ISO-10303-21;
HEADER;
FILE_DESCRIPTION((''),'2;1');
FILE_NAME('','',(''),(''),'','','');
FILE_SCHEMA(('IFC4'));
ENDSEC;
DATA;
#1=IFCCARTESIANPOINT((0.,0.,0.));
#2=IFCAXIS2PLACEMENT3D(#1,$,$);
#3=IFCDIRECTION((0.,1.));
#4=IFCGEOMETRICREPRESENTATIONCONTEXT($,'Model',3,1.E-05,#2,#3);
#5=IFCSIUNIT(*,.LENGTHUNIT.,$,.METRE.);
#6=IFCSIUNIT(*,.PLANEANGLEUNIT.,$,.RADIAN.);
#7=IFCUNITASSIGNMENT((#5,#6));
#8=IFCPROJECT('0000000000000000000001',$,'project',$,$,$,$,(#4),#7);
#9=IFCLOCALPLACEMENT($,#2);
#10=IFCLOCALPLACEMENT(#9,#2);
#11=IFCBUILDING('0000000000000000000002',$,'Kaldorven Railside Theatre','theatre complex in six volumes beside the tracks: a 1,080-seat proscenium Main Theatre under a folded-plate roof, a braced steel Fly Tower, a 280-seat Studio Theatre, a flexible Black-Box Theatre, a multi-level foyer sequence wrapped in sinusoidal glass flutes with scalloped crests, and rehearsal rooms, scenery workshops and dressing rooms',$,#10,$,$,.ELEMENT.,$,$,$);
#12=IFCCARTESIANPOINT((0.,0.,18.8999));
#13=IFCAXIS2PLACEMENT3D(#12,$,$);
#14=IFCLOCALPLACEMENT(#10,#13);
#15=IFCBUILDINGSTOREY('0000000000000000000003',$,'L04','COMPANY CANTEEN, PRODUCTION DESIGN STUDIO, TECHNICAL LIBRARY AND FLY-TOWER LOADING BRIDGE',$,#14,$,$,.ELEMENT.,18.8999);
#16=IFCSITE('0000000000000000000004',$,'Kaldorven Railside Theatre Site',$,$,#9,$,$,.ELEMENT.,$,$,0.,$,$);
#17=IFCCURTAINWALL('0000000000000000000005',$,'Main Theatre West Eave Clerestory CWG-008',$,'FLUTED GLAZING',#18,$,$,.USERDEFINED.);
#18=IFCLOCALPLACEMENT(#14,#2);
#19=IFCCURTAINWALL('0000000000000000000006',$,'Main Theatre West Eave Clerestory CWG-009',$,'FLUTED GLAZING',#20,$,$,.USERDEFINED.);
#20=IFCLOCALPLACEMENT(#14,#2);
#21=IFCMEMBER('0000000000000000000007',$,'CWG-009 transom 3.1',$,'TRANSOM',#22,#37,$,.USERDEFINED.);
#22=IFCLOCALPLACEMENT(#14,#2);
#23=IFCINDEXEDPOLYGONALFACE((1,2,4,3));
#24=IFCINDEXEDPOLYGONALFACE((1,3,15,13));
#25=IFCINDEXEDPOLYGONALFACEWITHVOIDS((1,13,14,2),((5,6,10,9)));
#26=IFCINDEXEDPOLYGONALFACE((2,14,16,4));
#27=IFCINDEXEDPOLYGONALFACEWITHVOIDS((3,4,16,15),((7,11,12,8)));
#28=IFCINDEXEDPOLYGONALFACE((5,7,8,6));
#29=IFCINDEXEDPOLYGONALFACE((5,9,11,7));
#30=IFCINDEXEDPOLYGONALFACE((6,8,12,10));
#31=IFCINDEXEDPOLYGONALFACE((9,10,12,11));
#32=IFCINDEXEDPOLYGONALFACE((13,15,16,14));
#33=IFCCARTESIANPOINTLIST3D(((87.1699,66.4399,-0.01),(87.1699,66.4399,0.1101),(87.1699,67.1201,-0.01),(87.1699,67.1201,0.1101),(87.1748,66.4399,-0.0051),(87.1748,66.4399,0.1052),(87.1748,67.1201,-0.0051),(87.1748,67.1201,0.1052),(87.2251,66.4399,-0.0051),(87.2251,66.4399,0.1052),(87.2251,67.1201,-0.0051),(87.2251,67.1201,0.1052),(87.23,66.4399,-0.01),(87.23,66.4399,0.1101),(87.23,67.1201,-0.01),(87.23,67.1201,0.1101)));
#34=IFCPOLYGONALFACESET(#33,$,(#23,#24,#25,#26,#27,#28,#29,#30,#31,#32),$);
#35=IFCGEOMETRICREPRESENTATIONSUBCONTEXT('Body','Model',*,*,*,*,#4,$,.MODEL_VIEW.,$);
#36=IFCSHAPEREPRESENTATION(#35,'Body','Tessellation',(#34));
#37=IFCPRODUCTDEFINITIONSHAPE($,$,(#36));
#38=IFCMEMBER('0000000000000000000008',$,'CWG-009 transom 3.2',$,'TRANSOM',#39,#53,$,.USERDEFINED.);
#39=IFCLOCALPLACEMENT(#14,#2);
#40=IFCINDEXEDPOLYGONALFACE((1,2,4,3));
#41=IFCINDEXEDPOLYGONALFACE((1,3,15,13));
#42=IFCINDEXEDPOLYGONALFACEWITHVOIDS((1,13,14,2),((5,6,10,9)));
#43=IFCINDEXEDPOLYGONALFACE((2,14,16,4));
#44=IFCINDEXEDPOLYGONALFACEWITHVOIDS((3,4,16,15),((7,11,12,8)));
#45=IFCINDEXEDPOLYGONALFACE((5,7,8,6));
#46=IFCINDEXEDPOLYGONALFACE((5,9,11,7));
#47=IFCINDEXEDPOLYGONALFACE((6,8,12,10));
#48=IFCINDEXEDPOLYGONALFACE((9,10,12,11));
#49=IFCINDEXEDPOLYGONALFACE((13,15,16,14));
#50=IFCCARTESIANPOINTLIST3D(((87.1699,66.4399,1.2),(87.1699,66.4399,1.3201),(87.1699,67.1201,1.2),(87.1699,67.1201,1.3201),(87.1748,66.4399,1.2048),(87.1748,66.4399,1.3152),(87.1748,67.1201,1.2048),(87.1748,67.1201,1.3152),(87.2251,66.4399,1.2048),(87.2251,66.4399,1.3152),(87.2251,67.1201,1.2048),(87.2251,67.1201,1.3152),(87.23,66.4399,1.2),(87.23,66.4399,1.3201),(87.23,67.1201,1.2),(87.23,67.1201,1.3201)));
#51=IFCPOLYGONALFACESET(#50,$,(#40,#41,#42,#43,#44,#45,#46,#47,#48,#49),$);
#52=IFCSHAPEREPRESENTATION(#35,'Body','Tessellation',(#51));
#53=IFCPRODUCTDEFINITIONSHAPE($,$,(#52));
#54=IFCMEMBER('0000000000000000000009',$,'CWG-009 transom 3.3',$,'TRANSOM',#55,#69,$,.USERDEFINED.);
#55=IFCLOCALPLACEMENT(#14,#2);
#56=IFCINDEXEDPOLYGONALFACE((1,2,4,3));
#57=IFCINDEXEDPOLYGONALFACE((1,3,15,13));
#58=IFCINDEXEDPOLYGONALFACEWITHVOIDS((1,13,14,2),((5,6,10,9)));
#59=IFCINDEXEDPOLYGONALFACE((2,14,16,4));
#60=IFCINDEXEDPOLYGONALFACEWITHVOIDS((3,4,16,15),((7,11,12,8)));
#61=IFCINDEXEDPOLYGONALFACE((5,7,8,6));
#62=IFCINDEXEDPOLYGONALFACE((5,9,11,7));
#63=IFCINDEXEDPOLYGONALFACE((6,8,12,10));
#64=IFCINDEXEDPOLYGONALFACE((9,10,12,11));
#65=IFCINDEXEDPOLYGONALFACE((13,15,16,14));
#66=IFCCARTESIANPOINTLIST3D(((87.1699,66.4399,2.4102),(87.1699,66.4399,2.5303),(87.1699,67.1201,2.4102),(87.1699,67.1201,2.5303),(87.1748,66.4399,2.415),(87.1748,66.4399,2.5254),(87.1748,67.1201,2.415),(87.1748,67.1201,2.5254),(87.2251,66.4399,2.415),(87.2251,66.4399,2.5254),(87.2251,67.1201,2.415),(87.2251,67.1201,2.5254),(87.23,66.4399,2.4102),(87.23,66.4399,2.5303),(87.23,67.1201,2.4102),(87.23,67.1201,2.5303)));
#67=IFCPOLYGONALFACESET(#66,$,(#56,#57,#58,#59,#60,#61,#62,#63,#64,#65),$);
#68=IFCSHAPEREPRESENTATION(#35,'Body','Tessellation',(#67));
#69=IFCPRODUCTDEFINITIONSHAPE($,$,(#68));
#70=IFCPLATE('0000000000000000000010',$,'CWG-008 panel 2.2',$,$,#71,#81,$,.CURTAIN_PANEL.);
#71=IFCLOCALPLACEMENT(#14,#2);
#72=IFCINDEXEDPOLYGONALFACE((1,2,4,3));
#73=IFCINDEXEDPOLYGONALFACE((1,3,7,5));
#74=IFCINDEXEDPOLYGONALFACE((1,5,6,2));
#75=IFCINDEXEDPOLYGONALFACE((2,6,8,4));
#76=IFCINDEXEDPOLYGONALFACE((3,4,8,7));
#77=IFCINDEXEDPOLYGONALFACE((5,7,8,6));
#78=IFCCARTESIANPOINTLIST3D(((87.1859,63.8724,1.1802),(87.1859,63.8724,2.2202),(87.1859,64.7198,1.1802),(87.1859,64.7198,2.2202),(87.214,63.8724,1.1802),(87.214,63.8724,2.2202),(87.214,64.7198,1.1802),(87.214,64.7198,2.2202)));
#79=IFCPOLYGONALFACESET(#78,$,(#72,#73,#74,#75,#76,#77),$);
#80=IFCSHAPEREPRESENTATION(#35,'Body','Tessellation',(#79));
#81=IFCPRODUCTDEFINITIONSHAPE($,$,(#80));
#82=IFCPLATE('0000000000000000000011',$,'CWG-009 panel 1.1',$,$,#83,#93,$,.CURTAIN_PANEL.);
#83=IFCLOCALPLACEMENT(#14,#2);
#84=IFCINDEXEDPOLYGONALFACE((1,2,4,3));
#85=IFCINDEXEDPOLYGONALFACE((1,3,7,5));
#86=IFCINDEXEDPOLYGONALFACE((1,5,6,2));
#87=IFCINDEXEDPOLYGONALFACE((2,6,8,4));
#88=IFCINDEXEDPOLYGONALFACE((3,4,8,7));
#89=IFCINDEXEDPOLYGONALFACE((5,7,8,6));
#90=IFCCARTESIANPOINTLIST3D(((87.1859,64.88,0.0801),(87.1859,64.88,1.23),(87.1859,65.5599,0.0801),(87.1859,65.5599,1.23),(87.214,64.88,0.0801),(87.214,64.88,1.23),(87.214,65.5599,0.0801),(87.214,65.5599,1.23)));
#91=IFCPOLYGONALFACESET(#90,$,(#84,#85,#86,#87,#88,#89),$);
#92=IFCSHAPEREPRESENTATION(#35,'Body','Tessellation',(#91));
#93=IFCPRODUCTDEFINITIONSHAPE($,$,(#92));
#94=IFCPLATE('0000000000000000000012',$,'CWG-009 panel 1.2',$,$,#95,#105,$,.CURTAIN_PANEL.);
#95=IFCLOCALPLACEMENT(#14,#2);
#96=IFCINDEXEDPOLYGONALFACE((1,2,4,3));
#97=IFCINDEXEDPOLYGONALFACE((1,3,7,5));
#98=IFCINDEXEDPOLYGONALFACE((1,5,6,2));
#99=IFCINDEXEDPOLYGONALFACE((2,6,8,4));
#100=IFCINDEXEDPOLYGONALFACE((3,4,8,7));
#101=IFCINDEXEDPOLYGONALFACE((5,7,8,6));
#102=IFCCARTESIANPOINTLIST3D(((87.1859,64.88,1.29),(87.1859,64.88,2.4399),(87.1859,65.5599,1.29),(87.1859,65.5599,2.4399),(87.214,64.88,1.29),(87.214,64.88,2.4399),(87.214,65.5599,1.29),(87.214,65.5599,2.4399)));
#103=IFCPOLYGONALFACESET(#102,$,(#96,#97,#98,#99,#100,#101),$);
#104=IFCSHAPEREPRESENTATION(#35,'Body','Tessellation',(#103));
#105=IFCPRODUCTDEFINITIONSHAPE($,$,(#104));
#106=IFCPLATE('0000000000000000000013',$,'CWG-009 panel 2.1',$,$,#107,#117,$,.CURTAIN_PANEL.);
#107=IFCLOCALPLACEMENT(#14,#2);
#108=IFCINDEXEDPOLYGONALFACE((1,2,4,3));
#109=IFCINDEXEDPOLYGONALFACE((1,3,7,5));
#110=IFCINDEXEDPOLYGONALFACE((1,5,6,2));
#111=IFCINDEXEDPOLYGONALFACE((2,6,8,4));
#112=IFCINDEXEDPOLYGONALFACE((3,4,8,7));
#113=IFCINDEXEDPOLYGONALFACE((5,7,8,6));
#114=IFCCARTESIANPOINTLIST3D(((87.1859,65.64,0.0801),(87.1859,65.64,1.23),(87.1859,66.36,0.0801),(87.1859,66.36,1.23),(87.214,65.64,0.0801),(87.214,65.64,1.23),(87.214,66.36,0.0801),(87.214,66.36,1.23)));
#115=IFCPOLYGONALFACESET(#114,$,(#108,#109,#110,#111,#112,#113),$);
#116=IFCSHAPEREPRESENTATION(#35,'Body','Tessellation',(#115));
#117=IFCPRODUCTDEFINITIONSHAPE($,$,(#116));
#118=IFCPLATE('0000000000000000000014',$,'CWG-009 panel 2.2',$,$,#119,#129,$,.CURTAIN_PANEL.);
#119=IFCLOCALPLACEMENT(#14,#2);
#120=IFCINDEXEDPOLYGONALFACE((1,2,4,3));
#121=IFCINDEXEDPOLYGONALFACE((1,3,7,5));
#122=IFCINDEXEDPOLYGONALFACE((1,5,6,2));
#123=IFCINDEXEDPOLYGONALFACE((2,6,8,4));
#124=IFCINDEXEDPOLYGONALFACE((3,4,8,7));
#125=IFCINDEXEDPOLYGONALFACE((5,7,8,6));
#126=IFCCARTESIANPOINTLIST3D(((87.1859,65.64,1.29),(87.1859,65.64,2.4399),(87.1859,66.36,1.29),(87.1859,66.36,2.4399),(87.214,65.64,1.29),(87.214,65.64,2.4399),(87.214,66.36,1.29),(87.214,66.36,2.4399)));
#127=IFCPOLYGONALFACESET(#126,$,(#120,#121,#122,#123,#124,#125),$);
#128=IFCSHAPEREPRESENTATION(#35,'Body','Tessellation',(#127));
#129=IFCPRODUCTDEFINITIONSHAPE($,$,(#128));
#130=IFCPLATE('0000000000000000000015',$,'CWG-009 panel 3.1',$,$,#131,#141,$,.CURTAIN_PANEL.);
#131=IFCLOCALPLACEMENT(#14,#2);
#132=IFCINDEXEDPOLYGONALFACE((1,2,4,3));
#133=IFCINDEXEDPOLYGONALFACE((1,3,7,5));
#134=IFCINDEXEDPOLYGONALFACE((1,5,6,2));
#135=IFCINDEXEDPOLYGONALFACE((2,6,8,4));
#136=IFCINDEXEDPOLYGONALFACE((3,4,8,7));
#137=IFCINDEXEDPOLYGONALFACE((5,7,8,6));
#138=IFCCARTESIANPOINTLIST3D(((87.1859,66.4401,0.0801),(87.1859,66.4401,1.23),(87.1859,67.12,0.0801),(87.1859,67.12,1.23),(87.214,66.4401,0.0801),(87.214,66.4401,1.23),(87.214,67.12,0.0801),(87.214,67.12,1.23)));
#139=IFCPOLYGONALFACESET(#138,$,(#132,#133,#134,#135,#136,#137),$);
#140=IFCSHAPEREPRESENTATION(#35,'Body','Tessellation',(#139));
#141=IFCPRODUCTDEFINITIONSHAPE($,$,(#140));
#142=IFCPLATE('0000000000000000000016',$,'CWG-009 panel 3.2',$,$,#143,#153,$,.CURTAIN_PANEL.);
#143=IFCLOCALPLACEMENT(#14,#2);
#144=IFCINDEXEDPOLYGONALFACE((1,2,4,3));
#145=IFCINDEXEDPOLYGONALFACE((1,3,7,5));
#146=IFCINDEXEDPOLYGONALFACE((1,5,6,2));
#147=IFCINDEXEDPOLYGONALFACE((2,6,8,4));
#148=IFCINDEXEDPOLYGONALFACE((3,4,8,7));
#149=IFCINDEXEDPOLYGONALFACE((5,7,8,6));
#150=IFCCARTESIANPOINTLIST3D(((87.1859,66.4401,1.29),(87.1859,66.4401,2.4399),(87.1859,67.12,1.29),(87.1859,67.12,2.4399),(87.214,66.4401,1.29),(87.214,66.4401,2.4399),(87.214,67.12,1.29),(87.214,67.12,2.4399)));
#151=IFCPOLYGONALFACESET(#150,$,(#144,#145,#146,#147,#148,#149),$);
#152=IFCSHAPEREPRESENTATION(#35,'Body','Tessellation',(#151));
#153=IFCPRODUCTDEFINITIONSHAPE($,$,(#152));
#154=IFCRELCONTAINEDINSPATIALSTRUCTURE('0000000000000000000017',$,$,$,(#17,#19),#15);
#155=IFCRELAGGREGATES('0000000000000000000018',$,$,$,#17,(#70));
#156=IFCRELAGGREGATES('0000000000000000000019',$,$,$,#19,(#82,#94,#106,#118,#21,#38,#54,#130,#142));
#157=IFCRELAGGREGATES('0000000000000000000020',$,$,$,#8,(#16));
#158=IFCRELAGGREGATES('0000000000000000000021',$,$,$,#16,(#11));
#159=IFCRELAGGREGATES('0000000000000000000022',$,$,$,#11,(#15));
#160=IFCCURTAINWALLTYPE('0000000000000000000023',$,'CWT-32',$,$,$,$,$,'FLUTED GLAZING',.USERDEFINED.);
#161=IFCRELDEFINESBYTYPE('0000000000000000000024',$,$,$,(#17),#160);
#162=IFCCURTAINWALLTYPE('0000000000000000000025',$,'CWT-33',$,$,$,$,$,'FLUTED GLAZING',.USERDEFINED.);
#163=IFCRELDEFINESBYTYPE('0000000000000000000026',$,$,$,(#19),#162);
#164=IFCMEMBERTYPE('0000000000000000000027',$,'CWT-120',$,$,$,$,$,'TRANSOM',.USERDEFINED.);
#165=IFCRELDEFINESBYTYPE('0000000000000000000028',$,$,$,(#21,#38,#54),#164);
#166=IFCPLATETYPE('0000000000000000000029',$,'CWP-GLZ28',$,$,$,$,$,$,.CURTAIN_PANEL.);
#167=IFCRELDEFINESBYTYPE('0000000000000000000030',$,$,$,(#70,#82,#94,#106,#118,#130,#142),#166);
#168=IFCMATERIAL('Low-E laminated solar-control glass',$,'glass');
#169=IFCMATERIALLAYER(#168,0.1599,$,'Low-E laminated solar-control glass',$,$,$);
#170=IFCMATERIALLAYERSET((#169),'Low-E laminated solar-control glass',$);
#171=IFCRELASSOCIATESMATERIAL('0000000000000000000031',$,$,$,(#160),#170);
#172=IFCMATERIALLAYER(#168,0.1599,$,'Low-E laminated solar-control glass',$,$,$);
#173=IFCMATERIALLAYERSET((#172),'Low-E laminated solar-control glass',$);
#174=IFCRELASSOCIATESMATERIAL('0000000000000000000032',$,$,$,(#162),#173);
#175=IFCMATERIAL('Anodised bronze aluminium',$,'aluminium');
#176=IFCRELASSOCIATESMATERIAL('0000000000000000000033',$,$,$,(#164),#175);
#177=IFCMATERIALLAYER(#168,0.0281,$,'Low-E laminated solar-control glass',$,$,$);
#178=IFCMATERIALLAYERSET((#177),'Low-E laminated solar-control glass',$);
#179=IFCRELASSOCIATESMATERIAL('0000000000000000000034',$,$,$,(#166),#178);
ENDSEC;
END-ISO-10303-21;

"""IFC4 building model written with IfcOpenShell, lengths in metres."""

from ifc_helpers import new_model, si_unit, direction, frame, origin, origin_2d, place, context, subcontext, project, spatial, rectangle, hollow_rectangle, extrude, material, layer, layer_set, material_profile, profile_set, type_object, element, aggregate, save


model = new_model("IFC4")

# Units and contexts
model_context = context("Model", 3, precision=1e-05, world=origin(), true_north=direction((0.0, 1.0)))
body_context = subcontext(model_context, "Body", "Model", "MODEL_VIEW")
ifc_project = project(units=[si_unit("LENGTHUNIT", "METRE"), si_unit("PLANEANGLEUNIT", "RADIAN")], contexts=[model_context])

# Site, building, storey
site_placement = place(None, origin())
site = spatial("IfcSite", under=ifc_project, at=site_placement, Name="Kaldorven Railside Theatre Site", CompositionType="ELEMENT", RefElevation=0.0)
building_placement = place(site_placement, origin())
building = spatial("IfcBuilding", under=site, at=building_placement, Name="Kaldorven Railside Theatre", Description="theatre complex in six volumes beside the tracks: a 1,080-seat proscenium Main Theatre under a folded-plate roof, a braced steel Fly Tower, a 280-seat Studio Theatre, a flexible Black-Box Theatre, a multi-level foyer sequence wrapped in sinusoidal glass flutes with scalloped crests, and rehearsal rooms, scenery workshops and dressing rooms", CompositionType="ELEMENT")
storey_placement = place(building_placement, frame((0.0, 0.0, 18.8999)))
storey = spatial("IfcBuildingStorey", under=building, at=storey_placement, Name="L04", Description="COMPANY CANTEEN, PRODUCTION DESIGN STUDIO, TECHNICAL LIBRARY AND FLY-TOWER LOADING BRIDGE", CompositionType="ELEMENT", Elevation=18.8999)

# Curtain wall
ifc_material_1 = material(Name="Low-E laminated solar-control glass", Category="glass")
ifc_layer_1 = layer(ifc_material_1, 0.1599, Name="Low-E laminated solar-control glass")
ifc_layer_set_1 = layer_set([ifc_layer_1], Name="Low-E laminated solar-control glass")
curtain_wall_type_1 = type_object("IfcCurtainWallType", Name="CWT-32", ElementType="FLUTED GLAZING", PredefinedType="USERDEFINED", material=ifc_layer_set_1)
curtain_wall_1_placement = place(storey_placement, origin())
curtain_wall_1 = element("IfcCurtainWall", 1, at=curtain_wall_1_placement, inside=storey, type_object=curtain_wall_type_1, Name="Main Theatre West Eave Clerestory CWG-008", ObjectType="FLUTED GLAZING", PredefinedType="USERDEFINED")
ifc_material_2 = material(Name="Anodised bronze aluminium", Category="aluminium")

# Curtain wall, members
ifc_layer_2 = layer(ifc_material_1, 0.1599, Name="Low-E laminated solar-control glass")
ifc_layer_set_2 = layer_set([ifc_layer_2], Name="Low-E laminated solar-control glass")
curtain_wall_type_2 = type_object("IfcCurtainWallType", Name="CWT-33", ElementType="FLUTED GLAZING", PredefinedType="USERDEFINED", material=ifc_layer_set_2)
curtain_wall_2_placement = place(storey_placement, origin())
curtain_wall_2 = element("IfcCurtainWall", 2, at=curtain_wall_2_placement, inside=storey, type_object=curtain_wall_type_2, Name="Main Theatre West Eave Clerestory CWG-009", ObjectType="FLUTED GLAZING", PredefinedType="USERDEFINED")
ifc_material_profile_1 = material_profile(ifc_material_2, hollow_rectangle(XDim=0.0601, YDim=0.1201, WallThickness=0.0049, at=origin_2d()), Name="RHS 120x60x5")
ifc_profile_set_1 = profile_set([ifc_material_profile_1], Name="Anodised bronze aluminium")
member_type_1 = type_object("IfcMemberType", Name="CWT-120", ElementType="TRANSOM", PredefinedType="USERDEFINED", material=ifc_profile_set_1)
member_1_placement = place(storey_placement, frame((87.2, 66.4399, 0.05), z_axis=(0.0, 1.0, 0.0), x_axis=(-1.0, 0.0, 0.0)))
member_1 = element("IfcMember", 3, at=member_1_placement, type_object=member_type_1, Name="CWG-009 transom 3.1", ObjectType="TRANSOM", PredefinedType="USERDEFINED", context=body_context, shape_type="SweptSolid", body=[
    extrude(hollow_rectangle(XDim=0.0601, YDim=0.1201, WallThickness=0.0049, at=origin_2d()), origin(), (0.0, 0.0, 1.0), 0.6802),
])
member_2_placement = place(storey_placement, frame((87.2, 66.4399, 1.26), z_axis=(0.0, 1.0, 0.0), x_axis=(-1.0, 0.0, 0.0)))
member_2 = element("IfcMember", 4, at=member_2_placement, type_object=member_type_1, Name="CWG-009 transom 3.2", ObjectType="TRANSOM", PredefinedType="USERDEFINED", context=body_context, shape_type="SweptSolid", body=[
    extrude(hollow_rectangle(XDim=0.0601, YDim=0.1201, WallThickness=0.0049, at=origin_2d()), origin(), (0.0, 0.0, 1.0), 0.6802),
])
member_3_placement = place(storey_placement, frame((87.2, 66.4399, 2.4702), z_axis=(0.0, 1.0, 0.0), x_axis=(-1.0, 0.0, 0.0)))
member_3 = element("IfcMember", 5, at=member_3_placement, type_object=member_type_1, Name="CWG-009 transom 3.3", ObjectType="TRANSOM", PredefinedType="USERDEFINED", context=body_context, shape_type="SweptSolid", body=[
    extrude(hollow_rectangle(XDim=0.0601, YDim=0.1201, WallThickness=0.0049, at=origin_2d()), origin(), (0.0, 0.0, 1.0), 0.6802),
])

# Plates
ifc_layer_3 = layer(ifc_material_1, 0.0281, Name="Low-E laminated solar-control glass")
ifc_layer_set_3 = layer_set([ifc_layer_3], Name="Low-E laminated solar-control glass")
plate_type = type_object("IfcPlateType", Name="CWP-GLZ28", PredefinedType="CURTAIN_PANEL", material=ifc_layer_set_3)
plate_1_placement = place(storey_placement, frame((87.2, 64.2961, 1.1802), z_axis=(0.0, 0.0, 1.0), x_axis=(0.0, 1.0, 0.0)))
plate_1 = element("IfcPlate", 6, at=plate_1_placement, type_object=plate_type, Name="CWG-008 panel 2.2", PredefinedType="CURTAIN_PANEL", context=body_context, shape_type="SweptSolid", body=[
    extrude(rectangle(XDim=0.8474, YDim=0.0281, at=origin_2d()), origin(), (0.0, 0.0, 1.0), 1.04),
])
aggregate(curtain_wall_1, [plate_1])
plate_2_placement = place(storey_placement, frame((87.2, 65.22, 0.0801), z_axis=(0.0, 0.0, 1.0), x_axis=(0.0, 1.0, 0.0)))
plate_2 = element("IfcPlate", 7, at=plate_2_placement, type_object=plate_type, Name="CWG-009 panel 1.1", PredefinedType="CURTAIN_PANEL", context=body_context, shape_type="SweptSolid", body=[
    extrude(rectangle(XDim=0.6799, YDim=0.0281, at=origin_2d()), origin(), (0.0, 0.0, 1.0), 1.1499),
])
plate_3_placement = place(storey_placement, frame((87.2, 65.22, 1.29), z_axis=(0.0, 0.0, 1.0), x_axis=(0.0, 1.0, 0.0)))
plate_3 = element("IfcPlate", 8, at=plate_3_placement, type_object=plate_type, Name="CWG-009 panel 1.2", PredefinedType="CURTAIN_PANEL", context=body_context, shape_type="SweptSolid", body=[
    extrude(rectangle(XDim=0.6799, YDim=0.0281, at=origin_2d()), origin(), (0.0, 0.0, 1.0), 1.1499),
])
plate_4_placement = place(storey_placement, frame((87.2, 66.0, 0.0801), z_axis=(0.0, 0.0, 1.0), x_axis=(0.0, 1.0, 0.0)))
plate_4 = element("IfcPlate", 9, at=plate_4_placement, type_object=plate_type, Name="CWG-009 panel 2.1", PredefinedType="CURTAIN_PANEL", context=body_context, shape_type="SweptSolid", body=[
    extrude(rectangle(XDim=0.72, YDim=0.0281, at=origin_2d()), origin(), (0.0, 0.0, 1.0), 1.1499),
])
plate_5_placement = place(storey_placement, frame((87.2, 66.0, 1.29), z_axis=(0.0, 0.0, 1.0), x_axis=(0.0, 1.0, 0.0)))
plate_5 = element("IfcPlate", 10, at=plate_5_placement, type_object=plate_type, Name="CWG-009 panel 2.2", PredefinedType="CURTAIN_PANEL", context=body_context, shape_type="SweptSolid", body=[
    extrude(rectangle(XDim=0.72, YDim=0.0281, at=origin_2d()), origin(), (0.0, 0.0, 1.0), 1.1499),
])
plate_6_placement = place(storey_placement, frame((87.2, 66.78, 0.0801), z_axis=(0.0, 0.0, 1.0), x_axis=(0.0, 1.0, 0.0)))
plate_6 = element("IfcPlate", 11, at=plate_6_placement, type_object=plate_type, Name="CWG-009 panel 3.1", PredefinedType="CURTAIN_PANEL", context=body_context, shape_type="SweptSolid", body=[
    extrude(rectangle(XDim=0.6799, YDim=0.0281, at=origin_2d()), origin(), (0.0, 0.0, 1.0), 1.1499),
])
plate_7_placement = place(storey_placement, frame((87.2, 66.78, 1.29), z_axis=(0.0, 0.0, 1.0), x_axis=(0.0, 1.0, 0.0)))
plate_7 = element("IfcPlate", 12, at=plate_7_placement, type_object=plate_type, Name="CWG-009 panel 3.2", PredefinedType="CURTAIN_PANEL", context=body_context, shape_type="SweptSolid", body=[
    extrude(rectangle(XDim=0.6799, YDim=0.0281, at=origin_2d()), origin(), (0.0, 0.0, 1.0), 1.1499),
])
aggregate(curtain_wall_2, [plate_2, plate_3, plate_4, plate_5, member_1, member_2, member_3, plate_6, plate_7])

save(model, "model.ifc")
